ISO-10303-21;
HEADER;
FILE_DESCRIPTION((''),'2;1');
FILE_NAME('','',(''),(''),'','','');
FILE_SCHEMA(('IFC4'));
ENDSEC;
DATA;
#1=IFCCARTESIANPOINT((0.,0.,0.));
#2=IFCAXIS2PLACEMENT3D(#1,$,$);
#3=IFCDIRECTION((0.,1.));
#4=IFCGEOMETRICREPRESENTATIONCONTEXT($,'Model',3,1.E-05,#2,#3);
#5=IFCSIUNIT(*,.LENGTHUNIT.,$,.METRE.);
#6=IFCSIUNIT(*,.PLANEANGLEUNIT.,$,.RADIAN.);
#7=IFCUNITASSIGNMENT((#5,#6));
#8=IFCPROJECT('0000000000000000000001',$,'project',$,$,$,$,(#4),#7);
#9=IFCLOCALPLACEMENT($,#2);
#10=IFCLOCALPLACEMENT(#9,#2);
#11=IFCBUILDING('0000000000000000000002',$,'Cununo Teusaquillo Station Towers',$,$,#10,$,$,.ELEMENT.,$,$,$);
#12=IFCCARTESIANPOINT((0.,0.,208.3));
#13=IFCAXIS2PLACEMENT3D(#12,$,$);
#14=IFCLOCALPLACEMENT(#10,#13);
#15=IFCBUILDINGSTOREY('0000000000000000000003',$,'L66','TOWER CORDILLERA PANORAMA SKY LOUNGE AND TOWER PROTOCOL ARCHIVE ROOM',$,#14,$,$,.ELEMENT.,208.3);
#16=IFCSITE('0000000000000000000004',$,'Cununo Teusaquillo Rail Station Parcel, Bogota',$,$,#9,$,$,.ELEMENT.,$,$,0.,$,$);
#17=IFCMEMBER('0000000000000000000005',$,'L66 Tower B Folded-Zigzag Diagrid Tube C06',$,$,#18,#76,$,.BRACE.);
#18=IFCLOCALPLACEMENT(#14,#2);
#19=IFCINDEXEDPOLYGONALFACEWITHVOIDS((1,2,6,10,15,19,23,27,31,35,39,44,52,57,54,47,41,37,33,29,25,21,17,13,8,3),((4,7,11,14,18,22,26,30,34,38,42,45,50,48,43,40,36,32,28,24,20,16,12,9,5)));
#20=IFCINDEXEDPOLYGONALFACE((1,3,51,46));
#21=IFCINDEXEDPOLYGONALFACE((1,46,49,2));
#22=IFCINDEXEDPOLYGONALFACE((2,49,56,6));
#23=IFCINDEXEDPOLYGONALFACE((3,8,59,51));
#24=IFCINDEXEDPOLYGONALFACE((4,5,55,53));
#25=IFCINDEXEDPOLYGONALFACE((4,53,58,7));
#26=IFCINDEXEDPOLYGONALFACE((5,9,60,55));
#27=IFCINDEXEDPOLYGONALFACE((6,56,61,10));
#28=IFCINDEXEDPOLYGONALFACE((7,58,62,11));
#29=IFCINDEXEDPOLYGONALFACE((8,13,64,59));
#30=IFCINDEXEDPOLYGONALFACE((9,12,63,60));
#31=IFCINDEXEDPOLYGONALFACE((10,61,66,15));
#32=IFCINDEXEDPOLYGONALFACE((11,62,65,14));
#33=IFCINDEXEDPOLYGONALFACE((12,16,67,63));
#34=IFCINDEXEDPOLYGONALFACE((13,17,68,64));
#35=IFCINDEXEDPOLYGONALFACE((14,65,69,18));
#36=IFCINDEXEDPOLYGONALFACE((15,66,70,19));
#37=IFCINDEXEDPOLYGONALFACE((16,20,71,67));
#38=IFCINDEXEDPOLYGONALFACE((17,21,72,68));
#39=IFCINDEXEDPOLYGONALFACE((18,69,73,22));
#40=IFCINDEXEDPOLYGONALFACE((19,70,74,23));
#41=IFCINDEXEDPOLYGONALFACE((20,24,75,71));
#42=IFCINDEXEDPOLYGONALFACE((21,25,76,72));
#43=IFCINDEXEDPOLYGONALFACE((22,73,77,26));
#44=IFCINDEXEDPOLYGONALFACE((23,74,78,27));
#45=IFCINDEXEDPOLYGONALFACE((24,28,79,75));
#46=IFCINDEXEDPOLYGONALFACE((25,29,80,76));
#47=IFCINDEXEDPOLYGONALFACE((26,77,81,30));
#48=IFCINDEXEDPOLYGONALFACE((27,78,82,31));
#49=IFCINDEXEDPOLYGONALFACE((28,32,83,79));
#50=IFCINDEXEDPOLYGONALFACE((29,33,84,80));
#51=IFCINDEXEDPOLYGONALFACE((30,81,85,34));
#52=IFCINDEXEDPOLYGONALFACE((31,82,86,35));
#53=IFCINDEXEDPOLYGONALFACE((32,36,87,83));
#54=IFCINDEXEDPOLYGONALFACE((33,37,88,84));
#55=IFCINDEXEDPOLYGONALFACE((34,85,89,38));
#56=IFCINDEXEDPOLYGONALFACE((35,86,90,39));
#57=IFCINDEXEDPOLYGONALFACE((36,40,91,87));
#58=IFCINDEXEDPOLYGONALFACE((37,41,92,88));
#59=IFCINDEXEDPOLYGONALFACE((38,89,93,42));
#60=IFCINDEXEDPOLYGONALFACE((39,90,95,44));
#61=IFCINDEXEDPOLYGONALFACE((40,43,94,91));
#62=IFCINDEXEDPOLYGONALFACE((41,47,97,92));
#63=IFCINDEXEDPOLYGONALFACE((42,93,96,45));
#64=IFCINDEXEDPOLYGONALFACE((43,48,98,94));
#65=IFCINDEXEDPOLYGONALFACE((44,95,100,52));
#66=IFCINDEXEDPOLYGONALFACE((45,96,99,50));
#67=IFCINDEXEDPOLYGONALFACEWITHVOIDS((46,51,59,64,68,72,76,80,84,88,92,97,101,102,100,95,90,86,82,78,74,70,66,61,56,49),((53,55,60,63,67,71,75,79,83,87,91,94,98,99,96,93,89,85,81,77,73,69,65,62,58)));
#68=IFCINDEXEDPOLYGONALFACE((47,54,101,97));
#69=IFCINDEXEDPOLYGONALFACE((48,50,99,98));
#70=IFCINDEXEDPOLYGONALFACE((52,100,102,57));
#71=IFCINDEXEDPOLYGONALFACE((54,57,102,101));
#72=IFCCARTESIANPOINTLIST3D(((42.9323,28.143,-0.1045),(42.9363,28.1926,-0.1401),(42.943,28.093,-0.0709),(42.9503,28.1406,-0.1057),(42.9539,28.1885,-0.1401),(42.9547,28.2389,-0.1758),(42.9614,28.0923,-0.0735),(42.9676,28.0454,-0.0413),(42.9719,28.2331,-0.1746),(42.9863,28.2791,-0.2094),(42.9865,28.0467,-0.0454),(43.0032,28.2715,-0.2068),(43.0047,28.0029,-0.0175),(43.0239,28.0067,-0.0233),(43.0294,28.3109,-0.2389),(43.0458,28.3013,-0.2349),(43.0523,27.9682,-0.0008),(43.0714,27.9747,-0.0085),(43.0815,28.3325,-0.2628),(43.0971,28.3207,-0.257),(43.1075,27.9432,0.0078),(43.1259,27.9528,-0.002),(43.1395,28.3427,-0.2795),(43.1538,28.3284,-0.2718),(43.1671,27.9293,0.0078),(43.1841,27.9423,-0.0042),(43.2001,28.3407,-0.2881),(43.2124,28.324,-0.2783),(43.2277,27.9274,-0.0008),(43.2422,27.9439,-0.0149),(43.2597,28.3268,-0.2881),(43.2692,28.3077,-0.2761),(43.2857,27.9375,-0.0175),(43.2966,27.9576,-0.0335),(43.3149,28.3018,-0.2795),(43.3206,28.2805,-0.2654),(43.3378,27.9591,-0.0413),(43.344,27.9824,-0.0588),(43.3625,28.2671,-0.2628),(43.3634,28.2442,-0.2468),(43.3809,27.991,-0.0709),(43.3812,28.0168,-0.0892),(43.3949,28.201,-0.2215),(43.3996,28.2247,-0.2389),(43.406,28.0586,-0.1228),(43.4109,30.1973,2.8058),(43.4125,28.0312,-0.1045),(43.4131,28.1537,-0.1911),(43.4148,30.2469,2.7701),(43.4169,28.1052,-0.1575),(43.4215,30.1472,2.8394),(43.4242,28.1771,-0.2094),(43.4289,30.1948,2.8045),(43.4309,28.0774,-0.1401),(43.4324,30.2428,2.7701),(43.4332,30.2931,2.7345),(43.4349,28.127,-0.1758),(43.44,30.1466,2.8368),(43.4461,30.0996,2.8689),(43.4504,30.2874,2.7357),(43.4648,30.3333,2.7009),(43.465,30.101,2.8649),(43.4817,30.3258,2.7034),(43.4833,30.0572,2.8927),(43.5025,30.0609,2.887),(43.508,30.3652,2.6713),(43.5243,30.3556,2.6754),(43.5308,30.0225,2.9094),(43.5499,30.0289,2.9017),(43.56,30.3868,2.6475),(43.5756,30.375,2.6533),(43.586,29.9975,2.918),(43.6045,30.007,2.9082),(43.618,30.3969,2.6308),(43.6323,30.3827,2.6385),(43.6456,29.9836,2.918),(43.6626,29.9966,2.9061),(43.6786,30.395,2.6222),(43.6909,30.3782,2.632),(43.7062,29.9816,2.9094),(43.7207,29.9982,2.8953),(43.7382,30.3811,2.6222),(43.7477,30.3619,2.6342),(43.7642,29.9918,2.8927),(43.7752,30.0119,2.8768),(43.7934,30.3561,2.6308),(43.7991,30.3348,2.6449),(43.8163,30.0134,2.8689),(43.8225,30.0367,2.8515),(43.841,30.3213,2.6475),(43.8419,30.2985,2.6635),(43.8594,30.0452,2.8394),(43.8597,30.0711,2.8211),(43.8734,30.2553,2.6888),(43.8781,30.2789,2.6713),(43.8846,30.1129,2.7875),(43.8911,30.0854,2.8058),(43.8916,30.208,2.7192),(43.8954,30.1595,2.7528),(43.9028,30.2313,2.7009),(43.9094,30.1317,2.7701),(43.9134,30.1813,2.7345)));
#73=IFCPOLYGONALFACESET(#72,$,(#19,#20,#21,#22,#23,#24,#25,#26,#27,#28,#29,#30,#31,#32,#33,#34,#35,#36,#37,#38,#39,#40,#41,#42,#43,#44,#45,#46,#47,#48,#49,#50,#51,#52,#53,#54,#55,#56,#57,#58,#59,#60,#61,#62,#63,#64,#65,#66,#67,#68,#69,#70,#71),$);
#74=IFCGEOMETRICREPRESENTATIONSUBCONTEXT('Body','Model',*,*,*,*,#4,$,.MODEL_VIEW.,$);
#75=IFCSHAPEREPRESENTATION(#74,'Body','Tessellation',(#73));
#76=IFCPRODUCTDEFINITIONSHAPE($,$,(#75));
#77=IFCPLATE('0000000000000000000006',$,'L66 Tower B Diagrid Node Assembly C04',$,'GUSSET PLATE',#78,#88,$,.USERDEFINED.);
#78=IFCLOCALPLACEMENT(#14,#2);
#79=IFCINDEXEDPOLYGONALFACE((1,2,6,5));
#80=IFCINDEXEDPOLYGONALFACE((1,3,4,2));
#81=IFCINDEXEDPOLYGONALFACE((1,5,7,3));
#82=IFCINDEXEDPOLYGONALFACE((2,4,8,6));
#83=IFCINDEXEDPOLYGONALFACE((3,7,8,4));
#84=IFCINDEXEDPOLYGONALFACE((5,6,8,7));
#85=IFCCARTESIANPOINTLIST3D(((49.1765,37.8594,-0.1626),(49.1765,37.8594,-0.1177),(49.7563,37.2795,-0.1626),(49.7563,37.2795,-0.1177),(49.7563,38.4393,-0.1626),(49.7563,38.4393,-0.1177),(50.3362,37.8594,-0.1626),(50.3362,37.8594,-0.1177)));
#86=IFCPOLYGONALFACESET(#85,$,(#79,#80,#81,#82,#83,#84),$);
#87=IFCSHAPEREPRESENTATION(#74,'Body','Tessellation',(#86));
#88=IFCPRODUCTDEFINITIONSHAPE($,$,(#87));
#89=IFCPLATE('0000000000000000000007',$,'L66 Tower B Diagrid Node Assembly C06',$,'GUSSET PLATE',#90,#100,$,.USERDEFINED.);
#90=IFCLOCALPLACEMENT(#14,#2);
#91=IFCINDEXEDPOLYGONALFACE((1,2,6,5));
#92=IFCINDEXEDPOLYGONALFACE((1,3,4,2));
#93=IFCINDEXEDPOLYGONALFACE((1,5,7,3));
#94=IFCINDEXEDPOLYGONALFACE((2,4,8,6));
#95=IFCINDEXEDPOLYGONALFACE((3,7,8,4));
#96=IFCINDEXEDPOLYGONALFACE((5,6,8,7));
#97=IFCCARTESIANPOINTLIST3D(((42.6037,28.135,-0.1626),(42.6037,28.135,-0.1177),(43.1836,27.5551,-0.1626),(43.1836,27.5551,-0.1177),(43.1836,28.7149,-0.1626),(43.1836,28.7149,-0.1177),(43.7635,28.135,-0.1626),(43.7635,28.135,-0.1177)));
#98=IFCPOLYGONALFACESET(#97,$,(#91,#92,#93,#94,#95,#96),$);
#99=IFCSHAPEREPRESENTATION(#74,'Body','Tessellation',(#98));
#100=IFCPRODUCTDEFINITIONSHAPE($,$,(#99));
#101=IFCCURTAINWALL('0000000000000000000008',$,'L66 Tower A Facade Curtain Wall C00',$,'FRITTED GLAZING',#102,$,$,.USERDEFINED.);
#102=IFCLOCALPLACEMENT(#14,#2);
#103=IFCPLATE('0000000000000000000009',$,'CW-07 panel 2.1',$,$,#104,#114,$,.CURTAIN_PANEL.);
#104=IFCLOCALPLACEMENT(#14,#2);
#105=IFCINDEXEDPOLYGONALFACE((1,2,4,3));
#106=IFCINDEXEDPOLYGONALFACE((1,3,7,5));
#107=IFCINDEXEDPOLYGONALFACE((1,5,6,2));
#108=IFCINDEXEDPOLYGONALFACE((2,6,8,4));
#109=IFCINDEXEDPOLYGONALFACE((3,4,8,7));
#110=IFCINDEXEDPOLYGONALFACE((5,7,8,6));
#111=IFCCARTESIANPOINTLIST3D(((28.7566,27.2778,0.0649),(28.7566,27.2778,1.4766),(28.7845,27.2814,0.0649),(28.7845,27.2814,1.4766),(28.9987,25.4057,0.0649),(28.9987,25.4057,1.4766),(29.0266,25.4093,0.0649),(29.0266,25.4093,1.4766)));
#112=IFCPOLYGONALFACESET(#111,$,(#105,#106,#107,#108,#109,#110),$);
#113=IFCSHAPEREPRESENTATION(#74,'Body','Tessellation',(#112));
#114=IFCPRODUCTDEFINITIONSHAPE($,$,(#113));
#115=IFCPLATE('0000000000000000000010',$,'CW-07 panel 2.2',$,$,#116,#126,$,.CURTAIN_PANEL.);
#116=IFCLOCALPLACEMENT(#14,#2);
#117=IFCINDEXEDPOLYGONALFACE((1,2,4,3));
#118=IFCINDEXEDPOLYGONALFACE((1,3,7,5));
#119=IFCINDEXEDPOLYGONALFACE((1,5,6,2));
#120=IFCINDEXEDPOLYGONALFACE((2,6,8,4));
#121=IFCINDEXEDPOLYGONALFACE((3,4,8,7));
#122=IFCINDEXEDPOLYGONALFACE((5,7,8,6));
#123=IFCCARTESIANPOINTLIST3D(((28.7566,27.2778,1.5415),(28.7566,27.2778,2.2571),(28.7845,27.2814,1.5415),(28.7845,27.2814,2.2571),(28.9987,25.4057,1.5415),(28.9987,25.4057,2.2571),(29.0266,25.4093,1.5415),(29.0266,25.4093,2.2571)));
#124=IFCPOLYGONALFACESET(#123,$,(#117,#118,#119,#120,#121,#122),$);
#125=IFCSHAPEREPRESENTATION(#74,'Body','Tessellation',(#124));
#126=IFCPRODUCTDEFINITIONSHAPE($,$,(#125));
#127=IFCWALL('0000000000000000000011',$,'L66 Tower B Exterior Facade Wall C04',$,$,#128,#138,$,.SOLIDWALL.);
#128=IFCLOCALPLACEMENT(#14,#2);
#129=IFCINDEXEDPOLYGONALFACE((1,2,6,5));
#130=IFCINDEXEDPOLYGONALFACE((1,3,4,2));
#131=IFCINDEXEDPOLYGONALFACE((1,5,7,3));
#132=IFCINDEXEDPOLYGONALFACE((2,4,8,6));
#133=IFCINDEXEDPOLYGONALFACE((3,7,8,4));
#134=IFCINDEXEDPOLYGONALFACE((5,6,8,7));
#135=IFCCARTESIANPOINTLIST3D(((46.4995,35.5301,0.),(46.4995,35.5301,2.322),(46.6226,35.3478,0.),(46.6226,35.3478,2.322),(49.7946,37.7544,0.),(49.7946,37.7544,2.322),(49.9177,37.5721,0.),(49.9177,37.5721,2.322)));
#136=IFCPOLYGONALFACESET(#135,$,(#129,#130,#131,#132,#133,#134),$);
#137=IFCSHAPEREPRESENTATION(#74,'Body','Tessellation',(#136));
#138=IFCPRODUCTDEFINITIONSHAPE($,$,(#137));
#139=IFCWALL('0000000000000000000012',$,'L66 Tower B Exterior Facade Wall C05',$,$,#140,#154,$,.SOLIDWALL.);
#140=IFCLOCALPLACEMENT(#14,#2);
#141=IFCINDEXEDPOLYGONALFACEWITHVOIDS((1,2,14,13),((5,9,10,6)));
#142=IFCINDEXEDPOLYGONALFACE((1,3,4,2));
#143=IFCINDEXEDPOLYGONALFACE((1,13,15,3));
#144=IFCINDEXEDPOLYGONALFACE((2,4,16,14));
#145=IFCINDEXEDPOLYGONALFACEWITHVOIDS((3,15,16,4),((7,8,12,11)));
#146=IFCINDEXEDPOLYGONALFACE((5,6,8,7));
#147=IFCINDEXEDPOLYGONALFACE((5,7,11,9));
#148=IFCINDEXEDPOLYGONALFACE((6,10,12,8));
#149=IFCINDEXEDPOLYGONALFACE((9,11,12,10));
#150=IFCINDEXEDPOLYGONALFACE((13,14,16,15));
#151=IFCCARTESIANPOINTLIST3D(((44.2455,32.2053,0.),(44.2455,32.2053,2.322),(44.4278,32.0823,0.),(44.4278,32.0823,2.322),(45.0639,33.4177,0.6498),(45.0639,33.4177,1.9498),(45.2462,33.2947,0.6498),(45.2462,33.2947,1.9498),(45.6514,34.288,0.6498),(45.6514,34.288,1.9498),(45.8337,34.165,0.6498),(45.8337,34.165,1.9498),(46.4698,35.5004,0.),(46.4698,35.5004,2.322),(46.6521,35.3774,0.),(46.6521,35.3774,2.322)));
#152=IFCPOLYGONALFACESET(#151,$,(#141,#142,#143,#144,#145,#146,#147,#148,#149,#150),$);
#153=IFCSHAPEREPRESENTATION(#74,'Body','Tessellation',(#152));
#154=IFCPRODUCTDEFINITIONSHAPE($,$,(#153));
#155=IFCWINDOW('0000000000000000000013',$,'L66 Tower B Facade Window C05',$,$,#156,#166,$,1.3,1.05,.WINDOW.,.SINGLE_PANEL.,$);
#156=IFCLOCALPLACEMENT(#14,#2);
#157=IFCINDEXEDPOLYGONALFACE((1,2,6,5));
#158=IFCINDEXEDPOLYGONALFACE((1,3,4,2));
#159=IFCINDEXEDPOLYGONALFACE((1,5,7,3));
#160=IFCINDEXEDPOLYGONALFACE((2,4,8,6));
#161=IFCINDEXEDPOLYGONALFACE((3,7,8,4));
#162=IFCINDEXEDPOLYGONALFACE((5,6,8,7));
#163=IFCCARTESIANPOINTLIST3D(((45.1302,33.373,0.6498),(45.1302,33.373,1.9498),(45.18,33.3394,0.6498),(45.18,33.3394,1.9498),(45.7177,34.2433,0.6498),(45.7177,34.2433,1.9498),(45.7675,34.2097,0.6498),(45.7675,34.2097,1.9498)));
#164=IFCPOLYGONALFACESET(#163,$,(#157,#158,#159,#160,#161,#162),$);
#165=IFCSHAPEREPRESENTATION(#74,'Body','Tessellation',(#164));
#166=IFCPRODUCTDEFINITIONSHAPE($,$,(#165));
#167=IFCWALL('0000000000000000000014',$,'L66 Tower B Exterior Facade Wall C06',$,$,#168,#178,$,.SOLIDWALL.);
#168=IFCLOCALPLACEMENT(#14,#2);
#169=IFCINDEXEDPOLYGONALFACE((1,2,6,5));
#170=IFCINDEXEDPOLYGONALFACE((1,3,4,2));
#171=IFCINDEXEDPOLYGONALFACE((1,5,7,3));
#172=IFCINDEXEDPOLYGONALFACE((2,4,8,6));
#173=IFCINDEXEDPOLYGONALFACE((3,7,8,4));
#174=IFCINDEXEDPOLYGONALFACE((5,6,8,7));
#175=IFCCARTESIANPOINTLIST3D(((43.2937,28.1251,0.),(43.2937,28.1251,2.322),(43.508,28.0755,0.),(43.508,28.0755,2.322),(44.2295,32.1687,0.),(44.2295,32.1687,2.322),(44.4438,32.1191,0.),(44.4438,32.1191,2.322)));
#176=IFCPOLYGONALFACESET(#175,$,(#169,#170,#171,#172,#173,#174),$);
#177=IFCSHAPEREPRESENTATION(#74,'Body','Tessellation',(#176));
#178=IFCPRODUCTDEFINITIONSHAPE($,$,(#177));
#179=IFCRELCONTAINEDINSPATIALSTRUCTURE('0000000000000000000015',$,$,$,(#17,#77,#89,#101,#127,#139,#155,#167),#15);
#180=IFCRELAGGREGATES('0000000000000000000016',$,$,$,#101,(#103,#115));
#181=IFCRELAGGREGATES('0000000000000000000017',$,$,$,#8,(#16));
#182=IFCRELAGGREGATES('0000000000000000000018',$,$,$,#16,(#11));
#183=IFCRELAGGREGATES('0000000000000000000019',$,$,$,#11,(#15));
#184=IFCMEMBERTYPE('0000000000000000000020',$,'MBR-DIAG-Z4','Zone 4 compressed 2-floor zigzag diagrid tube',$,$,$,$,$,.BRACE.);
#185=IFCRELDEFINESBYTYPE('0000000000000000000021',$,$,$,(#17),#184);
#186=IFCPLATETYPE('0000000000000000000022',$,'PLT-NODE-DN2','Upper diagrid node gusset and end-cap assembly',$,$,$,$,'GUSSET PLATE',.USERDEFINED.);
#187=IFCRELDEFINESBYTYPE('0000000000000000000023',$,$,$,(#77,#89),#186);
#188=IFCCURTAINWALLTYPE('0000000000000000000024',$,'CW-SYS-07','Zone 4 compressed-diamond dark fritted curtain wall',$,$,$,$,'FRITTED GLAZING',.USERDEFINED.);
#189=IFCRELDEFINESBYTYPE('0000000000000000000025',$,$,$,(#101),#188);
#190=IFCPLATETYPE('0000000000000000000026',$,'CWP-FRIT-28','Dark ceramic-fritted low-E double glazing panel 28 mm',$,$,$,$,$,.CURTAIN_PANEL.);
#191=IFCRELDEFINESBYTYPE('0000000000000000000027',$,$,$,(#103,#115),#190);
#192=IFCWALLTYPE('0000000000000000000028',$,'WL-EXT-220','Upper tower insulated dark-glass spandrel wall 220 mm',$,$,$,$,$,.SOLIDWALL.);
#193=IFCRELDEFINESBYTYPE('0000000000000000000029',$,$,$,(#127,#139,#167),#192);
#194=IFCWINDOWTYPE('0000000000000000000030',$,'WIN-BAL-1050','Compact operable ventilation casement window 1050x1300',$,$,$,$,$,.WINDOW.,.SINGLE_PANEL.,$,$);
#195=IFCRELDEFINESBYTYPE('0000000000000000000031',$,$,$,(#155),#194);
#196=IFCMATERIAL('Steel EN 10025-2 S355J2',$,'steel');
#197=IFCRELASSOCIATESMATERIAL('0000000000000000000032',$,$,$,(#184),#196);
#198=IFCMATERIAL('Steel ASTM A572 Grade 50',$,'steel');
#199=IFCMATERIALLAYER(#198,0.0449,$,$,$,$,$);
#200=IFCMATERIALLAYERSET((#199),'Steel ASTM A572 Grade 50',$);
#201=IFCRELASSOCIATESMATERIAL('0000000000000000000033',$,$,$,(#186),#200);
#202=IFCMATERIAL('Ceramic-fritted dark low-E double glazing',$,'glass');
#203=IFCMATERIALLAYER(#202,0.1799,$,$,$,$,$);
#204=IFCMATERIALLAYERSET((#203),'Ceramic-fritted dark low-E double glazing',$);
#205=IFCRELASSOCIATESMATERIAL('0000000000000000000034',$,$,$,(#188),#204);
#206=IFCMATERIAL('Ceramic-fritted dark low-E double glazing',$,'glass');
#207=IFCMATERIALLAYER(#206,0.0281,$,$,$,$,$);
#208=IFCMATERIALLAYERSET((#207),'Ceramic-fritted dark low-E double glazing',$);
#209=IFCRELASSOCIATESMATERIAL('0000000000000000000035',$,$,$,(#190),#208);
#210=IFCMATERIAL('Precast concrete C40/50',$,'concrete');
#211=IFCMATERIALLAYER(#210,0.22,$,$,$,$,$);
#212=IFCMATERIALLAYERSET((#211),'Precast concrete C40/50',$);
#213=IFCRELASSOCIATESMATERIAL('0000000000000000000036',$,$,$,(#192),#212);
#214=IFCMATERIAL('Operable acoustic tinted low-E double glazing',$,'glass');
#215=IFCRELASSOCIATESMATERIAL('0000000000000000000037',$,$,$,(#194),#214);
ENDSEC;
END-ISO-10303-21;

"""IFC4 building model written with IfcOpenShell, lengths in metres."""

from ifc_helpers import new_model, si_unit, direction, frame, frame_2d, origin, origin_2d, place, context, subcontext, project, spatial, rectangle, hollow_circle, extrude, source, transform, mapped, material, layer, layer_set, material_profile, profile_set, type_object, element, fill, aggregate, save


model = new_model("IFC4")

# Units and contexts
model_context = context("Model", 3, precision=1e-05, world=origin(), true_north=direction((0.0, 1.0)))
body_context = subcontext(model_context, "Body", "Model", "MODEL_VIEW")
ifc_project = project(units=[si_unit("LENGTHUNIT", "METRE"), si_unit("PLANEANGLEUNIT", "RADIAN")], contexts=[model_context])

# Site, building, storey
site_placement = place(None, origin())
site = spatial("IfcSite", under=ifc_project, at=site_placement, Name="Cununo Teusaquillo Rail Station Parcel, Bogota", CompositionType="ELEMENT", RefElevation=0.0)
building_placement = place(site_placement, origin())
building = spatial("IfcBuilding", under=site, at=building_placement, Name="Cununo Teusaquillo Station Towers", CompositionType="ELEMENT")
storey_placement = place(building_placement, frame((0.0, 0.0, 208.3)))
storey = spatial("IfcBuildingStorey", under=building, at=storey_placement, Name="L66", Description="TOWER CORDILLERA PANORAMA SKY LOUNGE AND TOWER PROTOCOL ARCHIVE ROOM", CompositionType="ELEMENT", Elevation=208.3)

# Member
ifc_material_1 = material(Name="Steel EN 10025-2 S355J2", Category="steel")
ifc_material_profile_1 = material_profile(ifc_material_1, hollow_circle(Radius=0.2539, WallThickness=0.0181, at=origin_2d()), Name="CHS 508x18")
ifc_profile_set_1 = profile_set([ifc_material_profile_1], Name="Steel EN 10025-2 S355J2")
member_type = type_object("IfcMemberType", Name="MBR-DIAG-Z4", Description="Zone 4 compressed 2-floor zigzag diagrid tube", PredefinedType="BRACE", material=ifc_profile_set_1)
member_1_placement = place(storey_placement, frame((43.1836, 28.135, -0.1401), z_axis=(0.133138, 0.571544, 0.809699), x_axis=(-0.973925, 0.226871, 0.0)))
element("IfcMember", 1, at=member_1_placement, inside=storey, type_object=member_type, Name="L66 Tower B Folded-Zigzag Diagrid Tube C06", PredefinedType="BRACE", context=body_context, shape_type="SweptSolid", body=[
    extrude(hollow_circle(Radius=0.2539, WallThickness=0.0181, at=origin_2d()), origin(), (0.0, 0.0, 1.0), 3.5942),
])

# Plates
ifc_material_2 = material(Name="Steel ASTM A572 Grade 50", Category="steel")
ifc_layer_1 = layer(ifc_material_2, 0.0449)
ifc_layer_set_1 = layer_set([ifc_layer_1], Name="Steel ASTM A572 Grade 50")
plate_type_1 = type_object("IfcPlateType", Name="PLT-NODE-DN2", Description="Upper diagrid node gusset and end-cap assembly", ElementType="GUSSET PLATE", PredefinedType="USERDEFINED", material=ifc_layer_set_1)
shared_shape_1 = source(origin(), body_context, "Body", "SweptSolid", [
    extrude(rectangle(XDim=0.8201, YDim=0.8201, at=origin_2d()), origin(), (0.0, 0.0, 1.0), 0.0449),
])
for number, where, z_axis, x_axis, name in (
    (2, (49.7563, 37.8594, -0.1626), (0.0, 0.0, 1.0), (0.707107, 0.707107, 0.0), "L66 Tower B Diagrid Node Assembly C04"),
    (3, (43.1836, 28.135, -0.1626), (0.0, 0.0, 1.0), (0.707107, 0.707107, 0.0), "L66 Tower B Diagrid Node Assembly C06"),
):
    element("IfcPlate", number, at=place(storey_placement, frame(where, z_axis=z_axis, x_axis=x_axis)), inside=storey, type_object=plate_type_1, Name=name, ObjectType="GUSSET PLATE", PredefinedType="USERDEFINED", context=body_context, shape_type="MappedRepresentation", body=[
        mapped(shared_shape_1, transform((0.0, 0.0, 0.0), x_axis=(1.0, 0.0, 0.0), y_axis=(0.0, 1.0, 0.0), z_axis=(0.0, 0.0, 1.0), scale=1.0)),
    ])

# Curtain wall, plates
ifc_material_3 = material(Name="Ceramic-fritted dark low-E double glazing", Category="glass")
ifc_layer_2 = layer(ifc_material_3, 0.1799)
ifc_layer_set_2 = layer_set([ifc_layer_2], Name="Ceramic-fritted dark low-E double glazing")
curtain_wall_type = type_object("IfcCurtainWallType", Name="CW-SYS-07", Description="Zone 4 compressed-diamond dark fritted curtain wall", ElementType="FRITTED GLAZING", PredefinedType="USERDEFINED", material=ifc_layer_set_2)
curtain_wall_placement = place(storey_placement, origin())
curtain_wall = element("IfcCurtainWall", 4, at=curtain_wall_placement, inside=storey, type_object=curtain_wall_type, Name="L66 Tower A Facade Curtain Wall C00", ObjectType="FRITTED GLAZING", PredefinedType="USERDEFINED")
ifc_material_4 = material(Name="Ceramic-fritted dark low-E double glazing", Category="glass")
ifc_layer_3 = layer(ifc_material_4, 0.0281)
ifc_layer_set_3 = layer_set([ifc_layer_3], Name="Ceramic-fritted dark low-E double glazing")
plate_type_2 = type_object("IfcPlateType", Name="CWP-FRIT-28", Description="Dark ceramic-fritted low-E double glazing panel 28 mm", PredefinedType="CURTAIN_PANEL", material=ifc_layer_set_3)
shared_shape_2 = source(origin(), body_context, "Body", "SweptSolid", [
    extrude(rectangle(XDim=1.8877, YDim=0.0281, at=origin_2d()), origin(), (0.0, 0.0, 1.0), 1.4116),
])
plate_1_placement = place(storey_placement, frame((28.8916, 26.3435, 0.0649), z_axis=(0.0, 0.0, 1.0), x_axis=(0.128253, -0.991742, 0.0)))
plate_1 = element("IfcPlate", 5, at=plate_1_placement, type_object=plate_type_2, Name="CW-07 panel 2.1", PredefinedType="CURTAIN_PANEL", context=body_context, shape_type="MappedRepresentation", body=[
    mapped(shared_shape_2, transform((0.0, 0.0, 0.0), x_axis=(1.0, 0.0, 0.0), y_axis=(0.0, 1.0, 0.0), z_axis=(0.0, 0.0, 1.0), scale=1.0)),
])
shared_shape_3 = source(origin(), body_context, "Body", "SweptSolid", [
    extrude(rectangle(XDim=1.8877, YDim=0.0281, at=origin_2d()), origin(), (0.0, 0.0, 1.0), 0.7156),
])
plate_2_placement = place(storey_placement, frame((28.8916, 26.3435, 1.5415), z_axis=(0.0, 0.0, 1.0), x_axis=(0.128253, -0.991742, 0.0)))
plate_2 = element("IfcPlate", 6, at=plate_2_placement, type_object=plate_type_2, Name="CW-07 panel 2.2", PredefinedType="CURTAIN_PANEL", context=body_context, shape_type="MappedRepresentation", body=[
    mapped(shared_shape_3, transform((0.0, 0.0, 0.0), x_axis=(1.0, 0.0, 0.0), y_axis=(0.0, 1.0, 0.0), z_axis=(0.0, 0.0, 1.0), scale=1.0)),
])
aggregate(curtain_wall, [plate_1, plate_2])

# Wall
ifc_material_5 = material(Name="Precast concrete C40/50", Category="concrete")
ifc_layer_4 = layer(ifc_material_5, 0.22)
ifc_layer_set_4 = layer_set([ifc_layer_4], Name="Precast concrete C40/50")
wall_type_1 = type_object("IfcWallType", Name="WL-EXT-220", Description="Upper tower insulated dark-glass spandrel wall 220 mm", PredefinedType="SOLIDWALL", material=ifc_layer_set_4)
wall_1_placement = place(storey_placement, frame((46.561, 35.439, 0.0), z_axis=(0.0, 0.0, 1.0), x_axis=(0.828834, 0.559495, 0.0)))
element("IfcWall", 7, at=wall_1_placement, inside=storey, type_object=wall_type_1, Name="L66 Tower B Exterior Facade Wall C04", PredefinedType="SOLIDWALL", context=body_context, shape_type="SweptSolid", body=[
    extrude(rectangle(XDim=3.9756, YDim=0.22, at=frame_2d((1.9878, 0.0))), origin(), (0.0, 0.0, 1.0), 2.322),
])

# Wall, opening, window
wall_2_placement = place(storey_placement, frame((44.3367, 32.1438, 0.0), z_axis=(0.0, 0.0, 1.0), x_axis=(0.559495, 0.828834, 0.0)))
wall_2 = element("IfcWall", 8, at=wall_2_placement, inside=storey, type_object=wall_type_1, Name="L66 Tower B Exterior Facade Wall C05", PredefinedType="SOLIDWALL", context=body_context, shape_type="SweptSolid", body=[
    extrude(rectangle(XDim=3.9756, YDim=0.22, at=frame_2d((1.9878, 0.0))), origin(), (0.0, 0.0, 1.0), 2.322),
])
shared_shape_4 = source(origin(), body_context, "Body", "SweptSolid", [
    extrude(rectangle(XDim=1.05, YDim=1.3, at=frame_2d((0.5249, 0.6499))), frame((0.0, 0.1199, 0.0), z_axis=(0.0, -1.0, 0.0), x_axis=(1.0, 0.0, 0.0)), (0.0, 0.0, 1.0), 0.24),
])
opening_1_placement = place(wall_2_placement, frame((1.4629, 0.0, 0.6499)))
opening_1 = element("IfcOpeningElement", 9, at=opening_1_placement, cuts=wall_2, PredefinedType="OPENING", context=body_context, shape_type="MappedRepresentation", body=[
    mapped(shared_shape_4, transform((0.0, 0.0, 0.0), x_axis=(1.0, 0.0, 0.0), y_axis=(0.0, 1.0, 0.0), z_axis=(0.0, 0.0, 1.0), scale=1.0)),
])
ifc_material_6 = material(Name="Operable acoustic tinted low-E double glazing", Category="glass")
window_type = type_object("IfcWindowType", Name="WIN-BAL-1050", Description="Compact operable ventilation casement window 1050x1300", PartitioningType="SINGLE_PANEL", PredefinedType="WINDOW", material=ifc_material_6)
shared_shape_5 = source(origin(), body_context, "Body", "SweptSolid", [
    extrude(rectangle(XDim=1.05, YDim=1.3, at=frame_2d((0.5249, 0.6499))), frame((0.0, 0.03, 0.0), z_axis=(0.0, -1.0, 0.0), x_axis=(1.0, 0.0, 0.0)), (0.0, 0.0, 1.0), 0.0601),
])
window_placement = place(opening_1_placement, origin())
window = element("IfcWindow", 10, at=window_placement, inside=storey, type_object=window_type, Name="L66 Tower B Facade Window C05", OverallHeight=1.3, OverallWidth=1.05, PartitioningType="SINGLE_PANEL", PredefinedType="WINDOW", context=body_context, shape_type="MappedRepresentation", body=[
    mapped(shared_shape_5, transform((0.0, 0.0, 0.0), x_axis=(1.0, 0.0, 0.0), y_axis=(0.0, 1.0, 0.0), z_axis=(0.0, 0.0, 1.0), scale=1.0)),
])
fill(opening_1, window)

# Wall
wall_3_placement = place(storey_placement, frame((43.4009, 28.1003, 0.0), z_axis=(0.0, 0.0, 1.0), x_axis=(0.225474, 0.974249, 0.0)))
element("IfcWall", 11, at=wall_3_placement, inside=storey, type_object=wall_type_1, Name="L66 Tower B Exterior Facade Wall C06", PredefinedType="SOLIDWALL", context=body_context, shape_type="SweptSolid", body=[
    extrude(rectangle(XDim=4.1504, YDim=0.22, at=frame_2d((2.0752, 0.0))), origin(), (0.0, 0.0, 1.0), 2.322),
])

save(model, "model.ifc")
